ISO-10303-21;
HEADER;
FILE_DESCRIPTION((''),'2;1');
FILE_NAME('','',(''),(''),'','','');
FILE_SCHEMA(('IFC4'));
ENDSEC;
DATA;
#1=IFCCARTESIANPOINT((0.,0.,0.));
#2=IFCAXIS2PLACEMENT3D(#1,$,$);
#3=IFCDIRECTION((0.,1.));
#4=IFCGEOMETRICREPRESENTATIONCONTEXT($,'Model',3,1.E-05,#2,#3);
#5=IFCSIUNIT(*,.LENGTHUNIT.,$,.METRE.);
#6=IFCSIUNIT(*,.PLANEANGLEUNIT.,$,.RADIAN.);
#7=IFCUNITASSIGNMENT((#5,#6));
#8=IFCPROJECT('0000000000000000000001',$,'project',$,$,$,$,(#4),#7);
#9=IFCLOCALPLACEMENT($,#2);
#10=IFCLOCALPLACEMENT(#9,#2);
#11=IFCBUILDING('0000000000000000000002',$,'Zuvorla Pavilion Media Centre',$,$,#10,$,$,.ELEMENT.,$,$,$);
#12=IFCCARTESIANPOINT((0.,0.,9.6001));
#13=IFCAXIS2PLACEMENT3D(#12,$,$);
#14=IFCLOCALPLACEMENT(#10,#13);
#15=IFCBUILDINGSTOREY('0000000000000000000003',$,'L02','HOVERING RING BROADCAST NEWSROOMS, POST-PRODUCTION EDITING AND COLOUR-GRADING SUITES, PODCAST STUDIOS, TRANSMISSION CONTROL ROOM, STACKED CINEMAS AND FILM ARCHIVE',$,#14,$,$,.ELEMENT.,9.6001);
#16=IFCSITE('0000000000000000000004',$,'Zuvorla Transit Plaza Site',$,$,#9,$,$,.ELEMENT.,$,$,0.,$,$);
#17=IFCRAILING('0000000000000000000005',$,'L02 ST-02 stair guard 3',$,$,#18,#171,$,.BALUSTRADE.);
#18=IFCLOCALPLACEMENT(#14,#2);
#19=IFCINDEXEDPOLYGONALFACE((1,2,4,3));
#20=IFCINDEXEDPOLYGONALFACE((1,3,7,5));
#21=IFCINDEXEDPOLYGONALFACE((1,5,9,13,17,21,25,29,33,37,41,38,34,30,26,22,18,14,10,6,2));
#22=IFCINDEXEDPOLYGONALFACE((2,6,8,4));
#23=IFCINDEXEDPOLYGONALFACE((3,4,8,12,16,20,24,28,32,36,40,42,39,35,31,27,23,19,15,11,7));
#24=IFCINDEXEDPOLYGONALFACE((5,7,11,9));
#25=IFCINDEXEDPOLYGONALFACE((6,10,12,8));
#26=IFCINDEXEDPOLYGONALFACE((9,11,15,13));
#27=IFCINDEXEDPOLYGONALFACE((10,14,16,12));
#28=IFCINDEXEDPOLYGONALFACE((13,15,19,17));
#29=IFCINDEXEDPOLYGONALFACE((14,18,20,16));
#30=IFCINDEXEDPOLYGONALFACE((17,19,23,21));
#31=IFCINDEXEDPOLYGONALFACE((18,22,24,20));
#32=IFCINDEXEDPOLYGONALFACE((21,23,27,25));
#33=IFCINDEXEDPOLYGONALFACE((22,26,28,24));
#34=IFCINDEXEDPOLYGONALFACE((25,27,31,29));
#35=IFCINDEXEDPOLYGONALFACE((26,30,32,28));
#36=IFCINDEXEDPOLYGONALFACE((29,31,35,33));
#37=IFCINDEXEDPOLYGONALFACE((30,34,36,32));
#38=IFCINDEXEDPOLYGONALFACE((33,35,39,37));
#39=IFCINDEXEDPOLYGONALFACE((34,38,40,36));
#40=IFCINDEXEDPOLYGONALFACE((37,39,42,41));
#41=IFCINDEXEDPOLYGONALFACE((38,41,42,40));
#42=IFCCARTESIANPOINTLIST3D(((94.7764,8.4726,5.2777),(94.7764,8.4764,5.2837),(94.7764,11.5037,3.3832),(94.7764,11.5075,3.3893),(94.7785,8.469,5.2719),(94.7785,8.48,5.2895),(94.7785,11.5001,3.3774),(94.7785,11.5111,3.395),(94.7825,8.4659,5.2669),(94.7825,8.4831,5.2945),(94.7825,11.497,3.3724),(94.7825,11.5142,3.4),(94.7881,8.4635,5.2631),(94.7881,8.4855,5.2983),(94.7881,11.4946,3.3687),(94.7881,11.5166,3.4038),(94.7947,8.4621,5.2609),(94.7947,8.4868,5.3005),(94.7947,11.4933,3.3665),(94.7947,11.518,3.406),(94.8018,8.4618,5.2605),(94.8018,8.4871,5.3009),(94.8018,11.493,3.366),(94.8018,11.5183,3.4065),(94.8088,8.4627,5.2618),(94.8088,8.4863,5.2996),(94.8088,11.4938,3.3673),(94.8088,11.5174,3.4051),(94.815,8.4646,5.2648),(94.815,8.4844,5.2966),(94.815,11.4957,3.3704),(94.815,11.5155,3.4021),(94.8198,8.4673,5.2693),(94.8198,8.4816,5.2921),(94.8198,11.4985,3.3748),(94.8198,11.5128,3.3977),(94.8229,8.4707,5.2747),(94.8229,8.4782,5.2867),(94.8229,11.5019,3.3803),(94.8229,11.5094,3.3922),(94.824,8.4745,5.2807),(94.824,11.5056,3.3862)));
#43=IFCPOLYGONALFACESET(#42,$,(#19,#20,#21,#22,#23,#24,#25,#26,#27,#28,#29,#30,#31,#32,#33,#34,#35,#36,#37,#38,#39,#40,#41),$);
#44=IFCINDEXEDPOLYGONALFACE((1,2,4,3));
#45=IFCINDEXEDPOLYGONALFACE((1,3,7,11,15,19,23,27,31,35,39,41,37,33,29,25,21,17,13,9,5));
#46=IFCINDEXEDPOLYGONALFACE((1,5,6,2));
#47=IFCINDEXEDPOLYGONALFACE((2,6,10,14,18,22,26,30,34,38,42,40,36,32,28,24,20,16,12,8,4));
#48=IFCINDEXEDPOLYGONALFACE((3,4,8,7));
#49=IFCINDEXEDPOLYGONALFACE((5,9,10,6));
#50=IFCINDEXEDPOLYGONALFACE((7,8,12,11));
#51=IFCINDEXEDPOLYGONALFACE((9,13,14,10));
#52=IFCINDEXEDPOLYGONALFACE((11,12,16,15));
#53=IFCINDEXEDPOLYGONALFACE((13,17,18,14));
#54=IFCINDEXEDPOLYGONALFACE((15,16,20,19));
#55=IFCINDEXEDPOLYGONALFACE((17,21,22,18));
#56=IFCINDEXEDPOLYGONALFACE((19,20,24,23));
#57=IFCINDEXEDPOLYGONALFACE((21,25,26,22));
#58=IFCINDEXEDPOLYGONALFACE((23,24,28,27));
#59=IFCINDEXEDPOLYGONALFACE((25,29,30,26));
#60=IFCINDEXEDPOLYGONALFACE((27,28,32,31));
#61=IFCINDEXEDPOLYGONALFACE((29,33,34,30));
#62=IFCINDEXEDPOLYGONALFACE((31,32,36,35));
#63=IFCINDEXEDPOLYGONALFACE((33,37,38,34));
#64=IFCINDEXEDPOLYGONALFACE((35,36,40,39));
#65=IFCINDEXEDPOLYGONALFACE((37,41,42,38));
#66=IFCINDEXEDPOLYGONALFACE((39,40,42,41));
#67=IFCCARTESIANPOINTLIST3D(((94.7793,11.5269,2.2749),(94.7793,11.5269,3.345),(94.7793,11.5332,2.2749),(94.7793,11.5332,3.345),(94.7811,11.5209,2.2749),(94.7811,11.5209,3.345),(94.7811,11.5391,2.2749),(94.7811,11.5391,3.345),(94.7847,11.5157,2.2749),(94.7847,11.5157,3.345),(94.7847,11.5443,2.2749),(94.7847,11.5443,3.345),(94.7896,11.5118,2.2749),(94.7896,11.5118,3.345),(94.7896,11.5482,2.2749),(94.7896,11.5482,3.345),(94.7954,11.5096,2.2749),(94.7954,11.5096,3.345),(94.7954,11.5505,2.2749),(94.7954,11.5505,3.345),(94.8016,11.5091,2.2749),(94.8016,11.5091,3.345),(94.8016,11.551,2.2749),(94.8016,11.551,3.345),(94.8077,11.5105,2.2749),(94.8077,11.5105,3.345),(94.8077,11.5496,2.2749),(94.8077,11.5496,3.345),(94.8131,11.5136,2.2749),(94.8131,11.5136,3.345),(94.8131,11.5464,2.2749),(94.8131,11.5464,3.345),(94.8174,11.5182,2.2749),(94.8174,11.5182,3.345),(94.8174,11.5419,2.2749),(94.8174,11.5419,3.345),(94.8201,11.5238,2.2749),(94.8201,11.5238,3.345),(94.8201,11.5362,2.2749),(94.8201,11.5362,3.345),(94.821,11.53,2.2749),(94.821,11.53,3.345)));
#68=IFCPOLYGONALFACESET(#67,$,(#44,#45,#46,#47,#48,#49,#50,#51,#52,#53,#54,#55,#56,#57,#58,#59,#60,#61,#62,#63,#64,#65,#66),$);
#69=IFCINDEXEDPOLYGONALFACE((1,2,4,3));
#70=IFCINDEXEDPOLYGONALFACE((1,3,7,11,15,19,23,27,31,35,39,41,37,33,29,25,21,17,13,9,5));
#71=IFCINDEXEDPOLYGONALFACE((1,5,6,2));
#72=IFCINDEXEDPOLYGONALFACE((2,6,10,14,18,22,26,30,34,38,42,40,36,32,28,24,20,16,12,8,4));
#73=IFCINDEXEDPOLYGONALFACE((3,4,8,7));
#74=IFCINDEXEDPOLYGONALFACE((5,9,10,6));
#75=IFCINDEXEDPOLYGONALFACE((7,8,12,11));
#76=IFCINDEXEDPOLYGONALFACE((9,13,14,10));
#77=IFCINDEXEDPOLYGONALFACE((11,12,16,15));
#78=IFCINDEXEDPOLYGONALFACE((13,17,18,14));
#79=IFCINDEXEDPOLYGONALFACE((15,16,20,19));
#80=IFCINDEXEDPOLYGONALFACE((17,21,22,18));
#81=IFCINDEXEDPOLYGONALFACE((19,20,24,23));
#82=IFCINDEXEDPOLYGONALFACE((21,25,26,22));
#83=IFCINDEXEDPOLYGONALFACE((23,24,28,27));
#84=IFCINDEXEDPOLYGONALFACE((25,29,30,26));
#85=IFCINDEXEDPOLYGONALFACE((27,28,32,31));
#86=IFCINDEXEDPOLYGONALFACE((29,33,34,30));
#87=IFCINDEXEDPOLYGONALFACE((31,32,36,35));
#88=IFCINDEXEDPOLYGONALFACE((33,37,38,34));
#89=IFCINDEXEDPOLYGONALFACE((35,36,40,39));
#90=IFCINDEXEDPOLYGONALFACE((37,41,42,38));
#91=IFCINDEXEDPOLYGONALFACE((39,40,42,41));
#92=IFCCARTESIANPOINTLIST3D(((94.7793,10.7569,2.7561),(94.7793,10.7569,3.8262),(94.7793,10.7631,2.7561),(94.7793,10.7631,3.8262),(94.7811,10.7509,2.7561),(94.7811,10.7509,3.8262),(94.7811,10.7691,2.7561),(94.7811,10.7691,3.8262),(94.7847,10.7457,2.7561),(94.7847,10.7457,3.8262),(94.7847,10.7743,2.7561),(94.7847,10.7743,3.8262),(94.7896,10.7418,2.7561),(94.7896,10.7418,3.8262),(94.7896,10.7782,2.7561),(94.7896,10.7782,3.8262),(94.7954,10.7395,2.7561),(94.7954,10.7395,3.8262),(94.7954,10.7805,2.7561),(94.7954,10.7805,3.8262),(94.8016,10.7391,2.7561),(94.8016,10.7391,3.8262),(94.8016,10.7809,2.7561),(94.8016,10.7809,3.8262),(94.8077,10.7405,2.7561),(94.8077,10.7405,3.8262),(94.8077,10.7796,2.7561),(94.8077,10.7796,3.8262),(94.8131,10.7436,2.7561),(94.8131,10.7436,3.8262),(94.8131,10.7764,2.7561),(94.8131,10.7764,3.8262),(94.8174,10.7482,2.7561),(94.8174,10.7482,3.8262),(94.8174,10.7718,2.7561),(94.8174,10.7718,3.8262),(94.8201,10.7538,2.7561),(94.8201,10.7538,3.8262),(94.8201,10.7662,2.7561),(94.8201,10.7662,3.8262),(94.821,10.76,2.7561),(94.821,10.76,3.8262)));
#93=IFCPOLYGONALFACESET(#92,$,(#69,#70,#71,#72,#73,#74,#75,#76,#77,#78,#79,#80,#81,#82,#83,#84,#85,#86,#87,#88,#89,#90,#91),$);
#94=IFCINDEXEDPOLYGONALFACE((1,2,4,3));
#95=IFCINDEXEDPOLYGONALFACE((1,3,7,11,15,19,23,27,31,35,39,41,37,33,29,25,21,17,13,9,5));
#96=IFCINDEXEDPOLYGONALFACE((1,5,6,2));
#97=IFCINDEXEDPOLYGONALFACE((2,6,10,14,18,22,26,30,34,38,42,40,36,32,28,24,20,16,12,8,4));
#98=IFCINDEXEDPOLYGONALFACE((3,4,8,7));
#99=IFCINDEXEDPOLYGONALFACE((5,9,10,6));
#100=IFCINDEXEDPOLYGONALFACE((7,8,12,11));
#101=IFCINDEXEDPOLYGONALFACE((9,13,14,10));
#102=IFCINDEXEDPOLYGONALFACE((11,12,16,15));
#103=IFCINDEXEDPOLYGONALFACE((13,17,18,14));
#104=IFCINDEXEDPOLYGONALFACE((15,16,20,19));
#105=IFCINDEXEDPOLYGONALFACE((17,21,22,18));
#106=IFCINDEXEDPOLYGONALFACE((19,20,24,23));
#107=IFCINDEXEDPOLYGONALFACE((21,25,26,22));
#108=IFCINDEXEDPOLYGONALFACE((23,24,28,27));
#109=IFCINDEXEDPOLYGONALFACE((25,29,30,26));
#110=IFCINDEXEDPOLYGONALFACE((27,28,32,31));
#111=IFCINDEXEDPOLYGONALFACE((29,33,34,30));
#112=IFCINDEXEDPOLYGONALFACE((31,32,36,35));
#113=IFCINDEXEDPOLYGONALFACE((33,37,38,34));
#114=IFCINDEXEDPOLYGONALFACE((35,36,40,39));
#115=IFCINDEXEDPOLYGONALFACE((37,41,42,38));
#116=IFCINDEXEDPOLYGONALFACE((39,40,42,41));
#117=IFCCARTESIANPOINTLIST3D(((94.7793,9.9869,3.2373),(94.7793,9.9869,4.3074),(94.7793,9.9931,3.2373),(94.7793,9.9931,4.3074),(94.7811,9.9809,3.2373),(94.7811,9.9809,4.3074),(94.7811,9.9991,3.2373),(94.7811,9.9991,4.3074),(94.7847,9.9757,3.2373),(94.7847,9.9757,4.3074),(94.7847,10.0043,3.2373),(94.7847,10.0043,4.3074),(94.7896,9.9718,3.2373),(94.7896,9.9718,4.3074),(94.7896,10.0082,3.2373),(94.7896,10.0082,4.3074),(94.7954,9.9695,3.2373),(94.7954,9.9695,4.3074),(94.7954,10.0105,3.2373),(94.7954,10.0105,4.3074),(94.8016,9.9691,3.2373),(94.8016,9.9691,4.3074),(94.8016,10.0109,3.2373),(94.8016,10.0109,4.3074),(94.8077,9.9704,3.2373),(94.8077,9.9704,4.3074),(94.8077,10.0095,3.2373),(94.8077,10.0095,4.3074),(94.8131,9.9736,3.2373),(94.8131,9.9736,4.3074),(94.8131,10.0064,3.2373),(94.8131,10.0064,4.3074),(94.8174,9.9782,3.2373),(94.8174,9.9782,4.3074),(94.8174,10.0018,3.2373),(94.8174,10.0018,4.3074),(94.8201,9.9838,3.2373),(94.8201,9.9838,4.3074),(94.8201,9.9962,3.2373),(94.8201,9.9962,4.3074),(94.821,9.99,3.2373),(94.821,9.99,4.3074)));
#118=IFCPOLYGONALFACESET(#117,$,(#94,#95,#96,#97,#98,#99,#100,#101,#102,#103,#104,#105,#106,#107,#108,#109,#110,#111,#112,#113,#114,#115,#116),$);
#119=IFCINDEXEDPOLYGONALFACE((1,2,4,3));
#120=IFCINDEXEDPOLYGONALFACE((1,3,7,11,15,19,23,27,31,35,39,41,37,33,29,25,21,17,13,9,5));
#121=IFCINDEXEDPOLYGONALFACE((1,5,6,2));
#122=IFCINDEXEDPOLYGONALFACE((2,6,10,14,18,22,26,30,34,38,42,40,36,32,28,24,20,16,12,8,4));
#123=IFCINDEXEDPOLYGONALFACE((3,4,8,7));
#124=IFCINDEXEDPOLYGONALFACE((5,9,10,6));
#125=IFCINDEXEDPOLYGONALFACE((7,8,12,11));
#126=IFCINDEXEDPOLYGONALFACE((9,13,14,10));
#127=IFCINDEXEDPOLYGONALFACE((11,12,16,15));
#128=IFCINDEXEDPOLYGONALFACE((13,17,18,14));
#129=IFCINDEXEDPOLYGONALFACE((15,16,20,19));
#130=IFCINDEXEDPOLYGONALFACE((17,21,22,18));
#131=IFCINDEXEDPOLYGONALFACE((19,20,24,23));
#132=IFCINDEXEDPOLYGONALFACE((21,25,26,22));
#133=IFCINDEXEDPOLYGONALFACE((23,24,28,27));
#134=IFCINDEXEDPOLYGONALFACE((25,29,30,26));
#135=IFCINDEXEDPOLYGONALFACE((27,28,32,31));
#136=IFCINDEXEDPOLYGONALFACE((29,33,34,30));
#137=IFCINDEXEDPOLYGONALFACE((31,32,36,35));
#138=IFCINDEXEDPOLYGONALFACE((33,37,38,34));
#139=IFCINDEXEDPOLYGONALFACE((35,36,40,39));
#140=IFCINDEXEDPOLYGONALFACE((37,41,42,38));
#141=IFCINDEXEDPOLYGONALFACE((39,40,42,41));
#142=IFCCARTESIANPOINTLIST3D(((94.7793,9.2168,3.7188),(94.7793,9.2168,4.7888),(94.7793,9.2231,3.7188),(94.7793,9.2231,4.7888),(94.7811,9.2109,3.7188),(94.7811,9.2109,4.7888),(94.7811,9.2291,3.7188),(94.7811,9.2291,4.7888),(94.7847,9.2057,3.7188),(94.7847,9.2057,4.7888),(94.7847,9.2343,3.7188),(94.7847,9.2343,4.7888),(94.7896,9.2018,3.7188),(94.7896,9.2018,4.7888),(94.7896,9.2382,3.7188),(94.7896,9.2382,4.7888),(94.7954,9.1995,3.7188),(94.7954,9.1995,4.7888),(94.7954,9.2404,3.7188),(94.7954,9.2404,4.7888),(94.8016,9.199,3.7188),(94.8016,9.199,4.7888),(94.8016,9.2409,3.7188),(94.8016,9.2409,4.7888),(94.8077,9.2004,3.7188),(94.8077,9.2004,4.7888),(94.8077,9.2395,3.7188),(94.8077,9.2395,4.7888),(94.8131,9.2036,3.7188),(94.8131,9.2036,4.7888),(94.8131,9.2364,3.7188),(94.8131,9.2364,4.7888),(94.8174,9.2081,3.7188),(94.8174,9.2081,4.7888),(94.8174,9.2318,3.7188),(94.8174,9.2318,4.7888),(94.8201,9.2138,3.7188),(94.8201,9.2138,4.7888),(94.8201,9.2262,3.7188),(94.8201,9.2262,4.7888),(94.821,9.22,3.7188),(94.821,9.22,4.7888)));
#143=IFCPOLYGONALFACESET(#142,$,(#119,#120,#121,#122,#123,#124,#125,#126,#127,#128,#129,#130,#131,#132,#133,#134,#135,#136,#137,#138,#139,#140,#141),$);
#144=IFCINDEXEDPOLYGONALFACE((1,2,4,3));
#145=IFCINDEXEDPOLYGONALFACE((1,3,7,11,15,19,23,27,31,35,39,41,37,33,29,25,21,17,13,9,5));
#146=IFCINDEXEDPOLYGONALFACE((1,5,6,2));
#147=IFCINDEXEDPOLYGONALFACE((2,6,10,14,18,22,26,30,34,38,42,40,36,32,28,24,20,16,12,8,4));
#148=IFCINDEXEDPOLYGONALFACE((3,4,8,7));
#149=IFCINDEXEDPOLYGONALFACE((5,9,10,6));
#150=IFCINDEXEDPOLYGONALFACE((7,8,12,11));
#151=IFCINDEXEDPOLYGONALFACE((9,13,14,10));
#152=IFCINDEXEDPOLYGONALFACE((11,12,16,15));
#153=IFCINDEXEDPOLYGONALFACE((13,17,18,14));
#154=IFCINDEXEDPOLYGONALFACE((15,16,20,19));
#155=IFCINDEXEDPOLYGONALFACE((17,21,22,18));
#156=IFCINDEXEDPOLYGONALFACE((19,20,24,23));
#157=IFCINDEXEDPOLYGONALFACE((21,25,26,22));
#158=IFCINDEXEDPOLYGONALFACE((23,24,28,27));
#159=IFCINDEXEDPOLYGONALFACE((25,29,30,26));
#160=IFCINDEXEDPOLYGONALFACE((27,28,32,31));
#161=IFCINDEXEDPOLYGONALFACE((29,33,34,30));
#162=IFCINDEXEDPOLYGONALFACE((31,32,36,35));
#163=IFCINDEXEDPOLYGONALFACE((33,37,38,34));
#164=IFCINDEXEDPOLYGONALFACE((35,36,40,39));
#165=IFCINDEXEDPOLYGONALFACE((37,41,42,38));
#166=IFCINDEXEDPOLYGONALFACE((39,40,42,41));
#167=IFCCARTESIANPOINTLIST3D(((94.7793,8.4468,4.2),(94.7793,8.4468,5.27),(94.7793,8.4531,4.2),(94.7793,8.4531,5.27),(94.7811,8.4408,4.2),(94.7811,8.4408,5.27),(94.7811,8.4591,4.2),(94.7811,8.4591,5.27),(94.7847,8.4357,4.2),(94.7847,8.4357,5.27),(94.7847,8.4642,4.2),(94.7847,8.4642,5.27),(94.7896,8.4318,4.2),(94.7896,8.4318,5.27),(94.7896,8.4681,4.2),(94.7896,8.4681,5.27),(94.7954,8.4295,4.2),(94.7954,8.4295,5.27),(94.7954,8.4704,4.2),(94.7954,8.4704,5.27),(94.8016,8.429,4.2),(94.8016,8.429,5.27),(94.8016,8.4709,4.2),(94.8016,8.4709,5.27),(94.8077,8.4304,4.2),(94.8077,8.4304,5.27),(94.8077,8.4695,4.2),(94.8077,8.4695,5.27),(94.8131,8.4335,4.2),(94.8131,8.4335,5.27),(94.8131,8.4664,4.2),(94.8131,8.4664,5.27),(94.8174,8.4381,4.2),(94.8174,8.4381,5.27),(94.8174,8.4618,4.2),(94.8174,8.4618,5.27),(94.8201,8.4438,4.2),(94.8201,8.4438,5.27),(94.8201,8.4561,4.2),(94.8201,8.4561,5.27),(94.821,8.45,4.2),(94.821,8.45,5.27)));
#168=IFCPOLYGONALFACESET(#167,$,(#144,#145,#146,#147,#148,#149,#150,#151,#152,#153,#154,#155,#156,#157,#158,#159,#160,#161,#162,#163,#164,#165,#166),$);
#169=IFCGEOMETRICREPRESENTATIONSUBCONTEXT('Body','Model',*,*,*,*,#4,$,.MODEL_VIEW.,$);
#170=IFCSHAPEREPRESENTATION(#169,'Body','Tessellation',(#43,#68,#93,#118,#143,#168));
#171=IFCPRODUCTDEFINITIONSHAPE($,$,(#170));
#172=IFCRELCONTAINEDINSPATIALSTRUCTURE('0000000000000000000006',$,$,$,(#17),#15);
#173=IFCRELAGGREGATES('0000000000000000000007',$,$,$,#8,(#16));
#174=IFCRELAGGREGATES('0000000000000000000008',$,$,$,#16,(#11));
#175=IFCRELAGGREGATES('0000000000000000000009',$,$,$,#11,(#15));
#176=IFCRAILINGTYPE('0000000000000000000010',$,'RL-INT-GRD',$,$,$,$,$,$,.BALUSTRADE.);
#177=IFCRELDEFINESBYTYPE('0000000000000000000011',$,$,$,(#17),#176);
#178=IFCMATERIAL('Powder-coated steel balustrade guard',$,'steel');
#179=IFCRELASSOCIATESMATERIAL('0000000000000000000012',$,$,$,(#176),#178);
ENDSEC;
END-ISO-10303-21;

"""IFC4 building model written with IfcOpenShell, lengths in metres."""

from ifc_helpers import new_model, si_unit, direction, frame, origin, origin_2d, place, context, subcontext, project, spatial, circle, extrude, material, type_object, element, save


model = new_model("IFC4")

# Units and contexts
model_context = context("Model", 3, precision=1e-05, world=origin(), true_north=direction((0.0, 1.0)))
body_context = subcontext(model_context, "Body", "Model", "MODEL_VIEW")
ifc_project = project(units=[si_unit("LENGTHUNIT", "METRE"), si_unit("PLANEANGLEUNIT", "RADIAN")], contexts=[model_context])

# Site, building, storey
site_placement = place(None, origin())
site = spatial("IfcSite", under=ifc_project, at=site_placement, Name="Zuvorla Transit Plaza Site", CompositionType="ELEMENT", RefElevation=0.0)
building_placement = place(site_placement, origin())
building = spatial("IfcBuilding", under=site, at=building_placement, Name="Zuvorla Pavilion Media Centre", CompositionType="ELEMENT")
storey_placement = place(building_placement, frame((0.0, 0.0, 9.6001)))
storey = spatial("IfcBuildingStorey", under=building, at=storey_placement, Name="L02", Description="HOVERING RING BROADCAST NEWSROOMS, POST-PRODUCTION EDITING AND COLOUR-GRADING SUITES, PODCAST STUDIOS, TRANSMISSION CONTROL ROOM, STACKED CINEMAS AND FILM ARCHIVE", CompositionType="ELEMENT", Elevation=9.6001)

# Railing
ifc_material_1 = material(Name="Powder-coated steel balustrade guard", Category="steel")
railing_type_1 = type_object("IfcRailingType", Name="RL-INT-GRD", PredefinedType="BALUSTRADE", material=ifc_material_1)
railing_1_placement = place(storey_placement, frame((94.8, 11.53, 2.2749)))
element("IfcRailing", 1, at=railing_1_placement, inside=storey, type_object=railing_type_1, Name="L02 ST-02 stair guard 3", PredefinedType="BALUSTRADE", context=body_context, shape_type="SweptSolid", body=[
    extrude(circle(Radius=0.0239, at=origin_2d()), frame((0.0, -0.0244, 1.1113), z_axis=(0.0, -0.847998, 0.529999), x_axis=(1.0, 0.0, 0.0)), (0.0, 0.0, 1.0), 3.5745),
    extrude(circle(Radius=0.021, at=origin_2d()), origin(), (0.0, 0.0, 1.0), 1.0701),
    extrude(circle(Radius=0.021, at=origin_2d()), frame((0.0, -0.77, 0.4812)), (0.0, 0.0, 1.0), 1.0701),
    extrude(circle(Radius=0.021, at=origin_2d()), frame((0.0, -1.54, 0.9624)), (0.0, 0.0, 1.0), 1.0701),
    extrude(circle(Radius=0.021, at=origin_2d()), frame((0.0, -2.3101, 1.4438)), (0.0, 0.0, 1.0), 1.0701),
    extrude(circle(Radius=0.021, at=origin_2d()), frame((0.0, -3.0801, 1.925)), (0.0, 0.0, 1.0), 1.0701),
])

save(model, "model.ifc")
